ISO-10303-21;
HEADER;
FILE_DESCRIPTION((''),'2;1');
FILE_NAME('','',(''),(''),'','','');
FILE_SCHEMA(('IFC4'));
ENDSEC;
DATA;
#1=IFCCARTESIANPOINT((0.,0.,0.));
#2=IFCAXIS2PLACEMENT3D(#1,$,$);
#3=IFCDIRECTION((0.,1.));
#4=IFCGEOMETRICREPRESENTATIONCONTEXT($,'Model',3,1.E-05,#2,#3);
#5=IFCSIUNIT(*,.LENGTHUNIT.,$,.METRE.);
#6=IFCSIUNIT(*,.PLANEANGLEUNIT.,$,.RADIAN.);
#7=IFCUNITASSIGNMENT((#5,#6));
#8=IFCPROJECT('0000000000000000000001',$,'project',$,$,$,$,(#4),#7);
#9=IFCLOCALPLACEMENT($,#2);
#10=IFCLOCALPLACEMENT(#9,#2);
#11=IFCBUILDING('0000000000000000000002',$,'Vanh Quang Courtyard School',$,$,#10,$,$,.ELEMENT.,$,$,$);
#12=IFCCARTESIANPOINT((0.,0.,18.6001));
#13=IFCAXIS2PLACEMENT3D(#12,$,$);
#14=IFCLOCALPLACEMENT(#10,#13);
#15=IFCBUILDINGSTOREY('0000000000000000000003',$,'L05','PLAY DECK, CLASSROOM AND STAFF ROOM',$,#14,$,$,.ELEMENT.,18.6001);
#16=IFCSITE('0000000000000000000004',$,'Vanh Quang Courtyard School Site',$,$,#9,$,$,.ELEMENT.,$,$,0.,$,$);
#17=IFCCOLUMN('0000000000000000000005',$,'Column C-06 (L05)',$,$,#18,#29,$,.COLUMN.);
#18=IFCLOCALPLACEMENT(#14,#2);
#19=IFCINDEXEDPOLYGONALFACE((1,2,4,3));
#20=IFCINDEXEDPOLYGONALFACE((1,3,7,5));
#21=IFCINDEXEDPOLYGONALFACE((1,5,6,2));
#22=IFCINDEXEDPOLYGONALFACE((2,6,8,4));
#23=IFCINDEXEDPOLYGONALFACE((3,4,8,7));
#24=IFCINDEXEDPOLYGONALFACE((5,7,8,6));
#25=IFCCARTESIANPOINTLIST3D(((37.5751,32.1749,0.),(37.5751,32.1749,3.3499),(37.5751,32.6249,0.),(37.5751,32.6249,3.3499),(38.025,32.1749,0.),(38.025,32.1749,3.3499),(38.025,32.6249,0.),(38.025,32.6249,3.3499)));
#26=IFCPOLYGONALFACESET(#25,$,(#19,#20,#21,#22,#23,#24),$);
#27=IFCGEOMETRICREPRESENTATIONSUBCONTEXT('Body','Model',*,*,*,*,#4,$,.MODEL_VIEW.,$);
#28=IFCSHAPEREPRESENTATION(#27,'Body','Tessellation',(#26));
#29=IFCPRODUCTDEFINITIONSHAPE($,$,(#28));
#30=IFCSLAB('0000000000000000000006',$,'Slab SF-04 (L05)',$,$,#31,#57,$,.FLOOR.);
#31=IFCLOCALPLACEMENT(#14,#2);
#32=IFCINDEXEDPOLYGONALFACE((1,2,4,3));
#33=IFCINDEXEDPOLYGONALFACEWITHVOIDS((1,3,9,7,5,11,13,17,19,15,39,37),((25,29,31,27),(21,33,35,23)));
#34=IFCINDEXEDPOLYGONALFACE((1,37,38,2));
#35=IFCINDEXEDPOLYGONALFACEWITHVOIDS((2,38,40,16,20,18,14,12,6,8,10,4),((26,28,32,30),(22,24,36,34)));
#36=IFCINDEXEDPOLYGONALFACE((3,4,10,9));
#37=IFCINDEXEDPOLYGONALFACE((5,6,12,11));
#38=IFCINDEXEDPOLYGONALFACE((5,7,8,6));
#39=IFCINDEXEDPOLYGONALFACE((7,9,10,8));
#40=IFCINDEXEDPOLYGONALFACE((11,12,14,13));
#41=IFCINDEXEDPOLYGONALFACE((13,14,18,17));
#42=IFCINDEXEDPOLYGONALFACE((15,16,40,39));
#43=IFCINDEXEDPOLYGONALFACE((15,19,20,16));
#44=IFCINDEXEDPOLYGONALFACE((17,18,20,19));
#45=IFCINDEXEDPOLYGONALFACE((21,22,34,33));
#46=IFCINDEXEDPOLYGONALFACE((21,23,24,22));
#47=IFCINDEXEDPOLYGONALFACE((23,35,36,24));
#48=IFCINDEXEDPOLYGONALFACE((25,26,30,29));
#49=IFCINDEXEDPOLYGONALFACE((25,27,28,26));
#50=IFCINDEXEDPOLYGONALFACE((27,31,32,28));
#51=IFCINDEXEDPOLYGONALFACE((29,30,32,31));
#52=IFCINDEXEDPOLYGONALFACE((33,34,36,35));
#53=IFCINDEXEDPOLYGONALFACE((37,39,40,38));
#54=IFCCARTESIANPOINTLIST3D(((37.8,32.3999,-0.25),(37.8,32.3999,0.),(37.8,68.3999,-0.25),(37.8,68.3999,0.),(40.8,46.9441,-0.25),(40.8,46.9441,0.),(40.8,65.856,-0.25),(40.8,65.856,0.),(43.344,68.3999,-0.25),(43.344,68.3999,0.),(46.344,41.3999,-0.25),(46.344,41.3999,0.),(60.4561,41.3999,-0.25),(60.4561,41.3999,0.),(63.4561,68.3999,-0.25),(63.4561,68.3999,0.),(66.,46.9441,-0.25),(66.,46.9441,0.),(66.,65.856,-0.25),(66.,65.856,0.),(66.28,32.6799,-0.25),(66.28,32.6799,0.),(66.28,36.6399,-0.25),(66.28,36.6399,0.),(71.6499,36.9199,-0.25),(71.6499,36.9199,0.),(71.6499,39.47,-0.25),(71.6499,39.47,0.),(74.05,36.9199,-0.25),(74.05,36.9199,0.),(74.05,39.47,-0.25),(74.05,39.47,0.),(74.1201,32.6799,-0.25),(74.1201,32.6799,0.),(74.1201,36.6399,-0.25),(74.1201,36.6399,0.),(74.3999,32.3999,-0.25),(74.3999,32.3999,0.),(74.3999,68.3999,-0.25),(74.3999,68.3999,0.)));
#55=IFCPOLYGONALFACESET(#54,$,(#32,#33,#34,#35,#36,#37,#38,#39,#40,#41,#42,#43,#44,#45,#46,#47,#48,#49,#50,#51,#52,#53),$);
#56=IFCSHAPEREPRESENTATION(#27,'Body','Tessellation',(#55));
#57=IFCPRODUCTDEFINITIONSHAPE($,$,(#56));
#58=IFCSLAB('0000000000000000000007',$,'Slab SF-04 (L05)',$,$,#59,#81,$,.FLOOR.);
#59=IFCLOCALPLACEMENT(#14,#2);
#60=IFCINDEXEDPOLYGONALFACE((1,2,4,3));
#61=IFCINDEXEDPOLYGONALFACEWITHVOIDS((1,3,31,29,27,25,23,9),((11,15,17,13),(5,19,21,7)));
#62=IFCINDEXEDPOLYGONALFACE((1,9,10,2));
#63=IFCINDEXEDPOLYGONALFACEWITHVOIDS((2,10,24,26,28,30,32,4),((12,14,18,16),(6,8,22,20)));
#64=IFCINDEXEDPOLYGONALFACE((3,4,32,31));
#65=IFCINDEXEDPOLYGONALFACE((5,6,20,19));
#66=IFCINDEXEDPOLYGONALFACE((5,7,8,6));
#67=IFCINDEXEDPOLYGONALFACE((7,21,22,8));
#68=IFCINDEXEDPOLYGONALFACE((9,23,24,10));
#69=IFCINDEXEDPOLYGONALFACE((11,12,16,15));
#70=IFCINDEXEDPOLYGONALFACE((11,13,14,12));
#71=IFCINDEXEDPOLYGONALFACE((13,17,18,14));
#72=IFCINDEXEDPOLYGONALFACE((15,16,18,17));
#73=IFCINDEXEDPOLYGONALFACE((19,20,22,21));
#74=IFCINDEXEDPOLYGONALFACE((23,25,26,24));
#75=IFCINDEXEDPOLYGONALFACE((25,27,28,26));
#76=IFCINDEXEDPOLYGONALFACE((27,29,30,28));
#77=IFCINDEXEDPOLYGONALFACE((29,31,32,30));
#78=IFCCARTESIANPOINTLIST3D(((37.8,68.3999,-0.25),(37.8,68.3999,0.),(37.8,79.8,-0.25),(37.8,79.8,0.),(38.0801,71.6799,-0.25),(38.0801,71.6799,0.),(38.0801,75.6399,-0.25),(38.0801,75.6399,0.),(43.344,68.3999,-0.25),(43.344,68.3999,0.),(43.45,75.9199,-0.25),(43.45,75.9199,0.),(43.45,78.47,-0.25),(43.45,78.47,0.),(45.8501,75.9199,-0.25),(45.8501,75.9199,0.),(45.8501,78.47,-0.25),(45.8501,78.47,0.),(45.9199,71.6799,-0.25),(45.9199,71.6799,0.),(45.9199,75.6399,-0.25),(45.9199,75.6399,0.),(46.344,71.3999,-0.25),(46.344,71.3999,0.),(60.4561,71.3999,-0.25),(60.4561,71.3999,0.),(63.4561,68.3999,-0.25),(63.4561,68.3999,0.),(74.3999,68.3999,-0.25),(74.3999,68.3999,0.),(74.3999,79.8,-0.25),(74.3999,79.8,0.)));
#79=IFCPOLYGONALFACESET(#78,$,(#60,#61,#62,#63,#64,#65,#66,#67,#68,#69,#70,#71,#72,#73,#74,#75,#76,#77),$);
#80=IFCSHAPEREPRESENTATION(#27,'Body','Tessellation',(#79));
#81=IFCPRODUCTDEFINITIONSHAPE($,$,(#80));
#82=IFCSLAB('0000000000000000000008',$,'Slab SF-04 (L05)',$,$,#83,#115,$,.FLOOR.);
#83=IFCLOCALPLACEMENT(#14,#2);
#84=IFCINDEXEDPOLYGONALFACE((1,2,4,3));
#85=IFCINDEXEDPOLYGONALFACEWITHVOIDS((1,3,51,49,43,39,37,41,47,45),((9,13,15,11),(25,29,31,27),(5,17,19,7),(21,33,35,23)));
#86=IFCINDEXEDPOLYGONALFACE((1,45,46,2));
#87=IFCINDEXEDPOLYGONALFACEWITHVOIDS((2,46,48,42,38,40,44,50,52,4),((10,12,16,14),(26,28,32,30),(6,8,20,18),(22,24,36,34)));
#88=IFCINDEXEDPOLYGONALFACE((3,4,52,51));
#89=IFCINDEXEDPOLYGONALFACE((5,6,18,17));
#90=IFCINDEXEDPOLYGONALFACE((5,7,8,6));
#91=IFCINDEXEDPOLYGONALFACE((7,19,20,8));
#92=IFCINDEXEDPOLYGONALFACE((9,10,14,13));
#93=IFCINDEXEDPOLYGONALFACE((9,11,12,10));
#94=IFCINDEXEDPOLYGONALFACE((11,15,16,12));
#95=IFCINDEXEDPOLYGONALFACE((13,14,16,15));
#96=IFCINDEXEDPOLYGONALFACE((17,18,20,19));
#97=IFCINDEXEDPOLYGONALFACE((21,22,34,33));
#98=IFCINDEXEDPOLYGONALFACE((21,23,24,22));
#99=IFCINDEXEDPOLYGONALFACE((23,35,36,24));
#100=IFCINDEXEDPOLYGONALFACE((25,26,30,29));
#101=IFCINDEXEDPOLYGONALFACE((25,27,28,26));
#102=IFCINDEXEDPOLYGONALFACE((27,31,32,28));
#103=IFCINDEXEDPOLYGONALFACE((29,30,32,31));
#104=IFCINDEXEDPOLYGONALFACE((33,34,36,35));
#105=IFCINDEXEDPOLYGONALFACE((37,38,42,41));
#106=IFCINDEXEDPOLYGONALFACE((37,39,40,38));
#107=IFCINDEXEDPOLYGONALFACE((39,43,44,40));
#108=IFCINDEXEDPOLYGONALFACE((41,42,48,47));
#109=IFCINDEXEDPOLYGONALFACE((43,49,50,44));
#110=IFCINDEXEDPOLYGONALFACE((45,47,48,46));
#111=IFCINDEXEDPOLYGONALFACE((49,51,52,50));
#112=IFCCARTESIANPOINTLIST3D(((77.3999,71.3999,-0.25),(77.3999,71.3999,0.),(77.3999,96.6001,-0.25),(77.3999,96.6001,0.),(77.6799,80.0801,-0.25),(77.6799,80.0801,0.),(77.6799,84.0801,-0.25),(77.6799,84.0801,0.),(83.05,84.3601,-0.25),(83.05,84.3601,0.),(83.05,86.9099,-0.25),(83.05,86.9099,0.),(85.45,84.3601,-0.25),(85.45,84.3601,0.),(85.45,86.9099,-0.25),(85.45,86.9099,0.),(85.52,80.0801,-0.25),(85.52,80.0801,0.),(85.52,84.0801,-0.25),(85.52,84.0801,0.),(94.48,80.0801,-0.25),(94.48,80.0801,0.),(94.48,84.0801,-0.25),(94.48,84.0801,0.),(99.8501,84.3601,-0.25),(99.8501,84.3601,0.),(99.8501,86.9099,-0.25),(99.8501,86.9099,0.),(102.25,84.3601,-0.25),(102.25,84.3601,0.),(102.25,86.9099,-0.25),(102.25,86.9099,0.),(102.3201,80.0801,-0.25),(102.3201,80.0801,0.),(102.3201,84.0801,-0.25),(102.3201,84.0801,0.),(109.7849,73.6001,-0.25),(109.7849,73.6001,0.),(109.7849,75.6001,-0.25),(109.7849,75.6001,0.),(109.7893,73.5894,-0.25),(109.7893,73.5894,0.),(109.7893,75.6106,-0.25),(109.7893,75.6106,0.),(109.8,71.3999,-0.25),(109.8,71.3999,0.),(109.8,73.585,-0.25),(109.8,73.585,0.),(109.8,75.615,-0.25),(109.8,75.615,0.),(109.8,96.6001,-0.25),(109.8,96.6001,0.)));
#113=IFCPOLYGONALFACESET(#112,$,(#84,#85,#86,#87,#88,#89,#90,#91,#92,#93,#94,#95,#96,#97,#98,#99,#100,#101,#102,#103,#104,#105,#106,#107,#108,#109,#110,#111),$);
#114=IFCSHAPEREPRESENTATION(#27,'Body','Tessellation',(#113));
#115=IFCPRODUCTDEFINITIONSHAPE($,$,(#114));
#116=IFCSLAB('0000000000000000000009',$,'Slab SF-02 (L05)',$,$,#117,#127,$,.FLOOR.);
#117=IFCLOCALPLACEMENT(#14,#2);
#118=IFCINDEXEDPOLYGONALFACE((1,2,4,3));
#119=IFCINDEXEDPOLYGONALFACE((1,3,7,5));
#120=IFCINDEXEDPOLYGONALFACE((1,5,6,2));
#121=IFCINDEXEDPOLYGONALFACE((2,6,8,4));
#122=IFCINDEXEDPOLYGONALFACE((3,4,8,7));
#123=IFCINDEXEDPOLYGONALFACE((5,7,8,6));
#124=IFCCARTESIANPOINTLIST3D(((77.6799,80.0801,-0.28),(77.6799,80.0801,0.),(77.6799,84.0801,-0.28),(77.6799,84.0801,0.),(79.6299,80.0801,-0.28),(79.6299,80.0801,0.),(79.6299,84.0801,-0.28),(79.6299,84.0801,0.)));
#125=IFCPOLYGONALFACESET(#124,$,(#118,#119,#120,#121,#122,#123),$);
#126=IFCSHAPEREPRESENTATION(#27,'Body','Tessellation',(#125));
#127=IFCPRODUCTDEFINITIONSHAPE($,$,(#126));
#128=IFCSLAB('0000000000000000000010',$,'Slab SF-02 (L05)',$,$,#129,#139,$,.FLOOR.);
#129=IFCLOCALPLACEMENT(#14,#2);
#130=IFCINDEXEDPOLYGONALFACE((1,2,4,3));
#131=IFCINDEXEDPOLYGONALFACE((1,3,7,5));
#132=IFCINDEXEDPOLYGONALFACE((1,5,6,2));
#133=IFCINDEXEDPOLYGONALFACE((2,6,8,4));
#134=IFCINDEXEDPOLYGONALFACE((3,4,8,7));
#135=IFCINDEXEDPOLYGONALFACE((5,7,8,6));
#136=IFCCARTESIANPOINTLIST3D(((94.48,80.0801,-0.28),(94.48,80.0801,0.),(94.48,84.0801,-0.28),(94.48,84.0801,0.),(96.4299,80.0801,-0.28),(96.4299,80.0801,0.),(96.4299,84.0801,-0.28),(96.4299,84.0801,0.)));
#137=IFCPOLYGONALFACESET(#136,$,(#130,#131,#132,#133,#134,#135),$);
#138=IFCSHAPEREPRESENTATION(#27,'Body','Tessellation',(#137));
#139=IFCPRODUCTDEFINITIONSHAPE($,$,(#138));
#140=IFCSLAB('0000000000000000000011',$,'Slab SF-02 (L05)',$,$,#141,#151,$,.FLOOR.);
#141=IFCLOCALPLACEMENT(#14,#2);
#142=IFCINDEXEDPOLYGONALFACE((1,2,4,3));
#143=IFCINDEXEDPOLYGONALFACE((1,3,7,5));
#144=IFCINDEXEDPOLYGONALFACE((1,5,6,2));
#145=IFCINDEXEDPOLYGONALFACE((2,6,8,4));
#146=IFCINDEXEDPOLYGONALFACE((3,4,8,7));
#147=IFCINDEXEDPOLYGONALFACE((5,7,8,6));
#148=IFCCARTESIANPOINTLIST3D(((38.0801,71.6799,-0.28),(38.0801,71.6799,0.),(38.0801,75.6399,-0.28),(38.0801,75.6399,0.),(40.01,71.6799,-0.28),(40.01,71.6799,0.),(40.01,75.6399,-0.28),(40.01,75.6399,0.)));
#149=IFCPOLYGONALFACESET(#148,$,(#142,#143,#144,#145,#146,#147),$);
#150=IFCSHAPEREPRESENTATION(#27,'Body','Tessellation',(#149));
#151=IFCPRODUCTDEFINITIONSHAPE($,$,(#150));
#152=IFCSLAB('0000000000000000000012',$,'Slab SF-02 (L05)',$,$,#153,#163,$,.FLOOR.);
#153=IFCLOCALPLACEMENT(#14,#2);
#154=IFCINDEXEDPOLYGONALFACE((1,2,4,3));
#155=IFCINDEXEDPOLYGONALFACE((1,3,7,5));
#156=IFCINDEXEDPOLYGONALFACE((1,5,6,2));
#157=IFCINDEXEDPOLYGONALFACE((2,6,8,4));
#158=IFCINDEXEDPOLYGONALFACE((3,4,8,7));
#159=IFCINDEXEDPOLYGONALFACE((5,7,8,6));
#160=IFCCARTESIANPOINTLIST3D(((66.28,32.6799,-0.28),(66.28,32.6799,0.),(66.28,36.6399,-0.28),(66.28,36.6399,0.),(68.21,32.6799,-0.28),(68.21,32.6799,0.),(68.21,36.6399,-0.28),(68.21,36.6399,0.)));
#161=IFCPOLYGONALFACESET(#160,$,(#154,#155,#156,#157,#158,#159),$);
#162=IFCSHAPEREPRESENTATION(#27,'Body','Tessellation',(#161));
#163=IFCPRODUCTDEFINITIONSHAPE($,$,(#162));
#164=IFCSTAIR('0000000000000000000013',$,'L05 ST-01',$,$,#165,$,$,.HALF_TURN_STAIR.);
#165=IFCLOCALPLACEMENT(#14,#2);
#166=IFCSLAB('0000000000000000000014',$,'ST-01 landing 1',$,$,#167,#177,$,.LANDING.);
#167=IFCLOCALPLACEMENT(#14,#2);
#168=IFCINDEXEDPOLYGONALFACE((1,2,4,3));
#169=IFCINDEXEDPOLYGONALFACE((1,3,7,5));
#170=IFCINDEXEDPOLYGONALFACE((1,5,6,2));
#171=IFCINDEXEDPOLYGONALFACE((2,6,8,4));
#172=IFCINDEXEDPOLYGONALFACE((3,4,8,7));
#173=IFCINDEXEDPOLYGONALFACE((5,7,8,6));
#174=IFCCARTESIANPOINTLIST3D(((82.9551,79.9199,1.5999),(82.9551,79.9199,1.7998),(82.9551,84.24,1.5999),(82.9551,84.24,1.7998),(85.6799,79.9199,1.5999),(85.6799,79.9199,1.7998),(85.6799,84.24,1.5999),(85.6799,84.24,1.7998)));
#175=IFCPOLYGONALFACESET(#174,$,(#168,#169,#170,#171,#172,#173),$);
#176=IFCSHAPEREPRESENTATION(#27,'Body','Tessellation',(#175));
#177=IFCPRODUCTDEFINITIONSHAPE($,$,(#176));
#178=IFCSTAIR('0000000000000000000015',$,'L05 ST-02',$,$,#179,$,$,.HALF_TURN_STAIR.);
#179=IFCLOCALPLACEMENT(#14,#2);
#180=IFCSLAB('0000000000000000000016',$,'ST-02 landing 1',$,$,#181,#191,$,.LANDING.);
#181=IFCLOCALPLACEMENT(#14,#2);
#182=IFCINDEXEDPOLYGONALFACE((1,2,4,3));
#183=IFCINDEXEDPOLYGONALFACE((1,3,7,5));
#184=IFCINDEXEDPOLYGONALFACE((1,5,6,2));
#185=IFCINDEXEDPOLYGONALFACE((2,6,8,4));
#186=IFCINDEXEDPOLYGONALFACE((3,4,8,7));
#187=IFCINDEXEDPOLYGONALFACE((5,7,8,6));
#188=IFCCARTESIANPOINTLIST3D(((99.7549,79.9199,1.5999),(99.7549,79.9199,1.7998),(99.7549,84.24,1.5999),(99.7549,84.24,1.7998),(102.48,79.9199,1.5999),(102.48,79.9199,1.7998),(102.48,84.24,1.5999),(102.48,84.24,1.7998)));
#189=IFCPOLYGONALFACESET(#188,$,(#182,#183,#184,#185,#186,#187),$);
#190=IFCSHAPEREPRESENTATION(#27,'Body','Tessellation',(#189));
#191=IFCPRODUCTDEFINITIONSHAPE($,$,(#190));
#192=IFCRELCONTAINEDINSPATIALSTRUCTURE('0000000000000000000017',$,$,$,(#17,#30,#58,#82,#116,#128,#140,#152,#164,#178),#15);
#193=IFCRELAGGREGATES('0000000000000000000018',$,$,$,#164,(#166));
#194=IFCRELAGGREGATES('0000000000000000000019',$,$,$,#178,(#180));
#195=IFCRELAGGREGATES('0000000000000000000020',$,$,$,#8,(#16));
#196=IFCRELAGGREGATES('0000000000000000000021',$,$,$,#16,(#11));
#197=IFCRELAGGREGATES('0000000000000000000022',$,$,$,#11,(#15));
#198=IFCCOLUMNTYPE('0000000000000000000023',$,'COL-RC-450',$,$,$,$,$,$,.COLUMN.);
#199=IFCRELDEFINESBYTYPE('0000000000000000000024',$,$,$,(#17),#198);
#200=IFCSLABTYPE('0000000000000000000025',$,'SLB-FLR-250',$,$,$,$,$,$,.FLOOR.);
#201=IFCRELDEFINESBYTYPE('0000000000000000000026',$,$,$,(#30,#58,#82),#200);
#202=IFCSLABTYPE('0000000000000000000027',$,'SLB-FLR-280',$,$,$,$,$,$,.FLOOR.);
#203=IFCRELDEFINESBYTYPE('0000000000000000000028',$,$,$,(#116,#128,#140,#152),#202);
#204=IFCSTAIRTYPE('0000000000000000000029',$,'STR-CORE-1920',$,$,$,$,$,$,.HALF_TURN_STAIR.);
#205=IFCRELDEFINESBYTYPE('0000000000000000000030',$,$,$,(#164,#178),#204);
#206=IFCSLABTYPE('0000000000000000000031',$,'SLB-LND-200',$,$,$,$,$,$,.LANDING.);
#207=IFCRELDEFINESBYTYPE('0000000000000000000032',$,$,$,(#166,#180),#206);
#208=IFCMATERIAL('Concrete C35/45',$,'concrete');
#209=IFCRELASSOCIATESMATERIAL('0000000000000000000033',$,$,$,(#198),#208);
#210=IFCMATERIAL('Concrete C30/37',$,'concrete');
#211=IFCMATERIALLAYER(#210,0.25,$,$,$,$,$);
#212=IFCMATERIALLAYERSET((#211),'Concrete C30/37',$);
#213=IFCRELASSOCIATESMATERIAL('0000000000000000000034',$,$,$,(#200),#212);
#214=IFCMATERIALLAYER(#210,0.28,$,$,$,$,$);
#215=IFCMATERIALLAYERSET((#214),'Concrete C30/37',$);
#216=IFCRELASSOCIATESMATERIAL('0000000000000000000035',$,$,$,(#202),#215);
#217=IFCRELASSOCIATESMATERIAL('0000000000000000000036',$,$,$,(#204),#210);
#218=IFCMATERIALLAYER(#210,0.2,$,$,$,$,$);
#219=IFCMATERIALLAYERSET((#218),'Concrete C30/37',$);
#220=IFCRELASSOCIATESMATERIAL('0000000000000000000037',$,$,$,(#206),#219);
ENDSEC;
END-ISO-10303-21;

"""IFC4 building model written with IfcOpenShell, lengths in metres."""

from ifc_helpers import new_model, si_unit, direction, frame, origin, origin_2d, place, context, subcontext, project, spatial, polyline, rectangle, outline, extrude, material, layer, layer_set, material_profile, profile_set, type_object, element, aggregate, save


model = new_model("IFC4")

# Units and contexts
model_context = context("Model", 3, precision=1e-05, world=origin(), true_north=direction((0.0, 1.0)))
body_context = subcontext(model_context, "Body", "Model", "MODEL_VIEW")
ifc_project = project(units=[si_unit("LENGTHUNIT", "METRE"), si_unit("PLANEANGLEUNIT", "RADIAN")], contexts=[model_context])

# Site, building, storey
site_placement = place(None, origin())
site = spatial("IfcSite", under=ifc_project, at=site_placement, Name="Vanh Quang Courtyard School Site", CompositionType="ELEMENT", RefElevation=0.0)
building_placement = place(site_placement, origin())
building = spatial("IfcBuilding", under=site, at=building_placement, Name="Vanh Quang Courtyard School", CompositionType="ELEMENT")
storey_placement = place(building_placement, frame((0.0, 0.0, 18.6001)))
storey = spatial("IfcBuildingStorey", under=building, at=storey_placement, Name="L05", Description="PLAY DECK, CLASSROOM AND STAFF ROOM", CompositionType="ELEMENT", Elevation=18.6001)

# Column
ifc_material_1 = material(Name="Concrete C35/45", Category="concrete")
ifc_material_profile = material_profile(ifc_material_1, rectangle(XDim=0.45, YDim=0.45, at=origin_2d()), Name="RC-COL 450x450")
ifc_profile_set = profile_set([ifc_material_profile], Name="Concrete C35/45")
column_type = type_object("IfcColumnType", Name="COL-RC-450", PredefinedType="COLUMN", material=ifc_profile_set)
column_placement = place(storey_placement, frame((37.8, 32.3999, 0.0), z_axis=(0.0, 0.0, 1.0), x_axis=(1.0, 0.0, 0.0)))
element("IfcColumn", 1, at=column_placement, inside=storey, type_object=column_type, Name="Column C-06 (L05)", PredefinedType="COLUMN", context=body_context, shape_type="SweptSolid", body=[
    extrude(rectangle(XDim=0.45, YDim=0.45, at=origin_2d()), origin(), (0.0, 0.0, 1.0), 3.3499),
])

# Slabs
ifc_material_2 = material(Name="Concrete C30/37", Category="concrete")
ifc_layer_1 = layer(ifc_material_2, 0.25)
ifc_layer_set_1 = layer_set([ifc_layer_1], Name="Concrete C30/37")
slab_type_1 = type_object("IfcSlabType", Name="SLB-FLR-250", PredefinedType="FLOOR", material=ifc_layer_set_1)
slab_1_placement = place(storey_placement, frame((0.0, 0.0, -0.25)))
element("IfcSlab", 2, at=slab_1_placement, inside=storey, type_object=slab_type_1, Name="Slab SF-04 (L05)", PredefinedType="FLOOR", context=body_context, shape_type="SweptSolid", body=[
    extrude(outline(polyline([(63.4561, 68.3999), (66.0, 65.856), (66.0, 46.9441), (60.4561, 41.3999), (46.344, 41.3999), (40.8, 46.9441), (40.8, 65.856), (43.344, 68.3999), (37.8, 68.3999), (37.8, 32.3999), (74.3999, 32.3999), (74.3999, 68.3999), (63.4561, 68.3999)]), holes=[polyline([(74.1201, 36.6399), (74.1201, 32.6799), (66.28, 32.6799), (66.28, 36.6399), (74.1201, 36.6399)]), polyline([(74.05, 36.9199), (71.6499, 36.9199), (71.6499, 39.47), (74.05, 39.47), (74.05, 36.9199)])]), origin(), (0.0, 0.0, 1.0), 0.25),
])
slab_2_placement = place(storey_placement, frame((0.0, 0.0, -0.25)))
element("IfcSlab", 3, at=slab_2_placement, inside=storey, type_object=slab_type_1, Name="Slab SF-04 (L05)", PredefinedType="FLOOR", context=body_context, shape_type="SweptSolid", body=[
    extrude(outline(polyline([(43.344, 68.3999), (46.344, 71.3999), (60.4561, 71.3999), (63.4561, 68.3999), (74.3999, 68.3999), (74.3999, 79.8), (37.8, 79.8), (37.8, 68.3999), (43.344, 68.3999)]), holes=[polyline([(45.9199, 71.6799), (38.0801, 71.6799), (38.0801, 75.6399), (45.9199, 75.6399), (45.9199, 71.6799)]), polyline([(45.8501, 75.9199), (43.45, 75.9199), (43.45, 78.47), (45.8501, 78.47), (45.8501, 75.9199)])]), origin(), (0.0, 0.0, 1.0), 0.25),
])
slab_3_placement = place(storey_placement, frame((0.0, 0.0, -0.25)))
element("IfcSlab", 4, at=slab_3_placement, inside=storey, type_object=slab_type_1, Name="Slab SF-04 (L05)", PredefinedType="FLOOR", context=body_context, shape_type="SweptSolid", body=[
    extrude(outline(polyline([(77.3999, 96.6001), (77.3999, 71.3999), (109.8, 71.3999), (109.8, 73.585), (109.7893, 73.5894), (109.7849, 73.6001), (109.7849, 75.6001), (109.7893, 75.6106), (109.8, 75.615), (109.8, 96.6001), (77.3999, 96.6001)]), holes=[polyline([(85.52, 84.0801), (85.52, 80.0801), (77.6799, 80.0801), (77.6799, 84.0801), (85.52, 84.0801)]), polyline([(85.45, 86.9099), (85.45, 84.3601), (83.05, 84.3601), (83.05, 86.9099), (85.45, 86.9099)]), polyline([(102.3201, 84.0801), (102.3201, 80.0801), (94.48, 80.0801), (94.48, 84.0801), (102.3201, 84.0801)]), polyline([(102.25, 86.9099), (102.25, 84.3601), (99.8501, 84.3601), (99.8501, 86.9099), (102.25, 86.9099)])]), origin(), (0.0, 0.0, 1.0), 0.25),
])
ifc_layer_2 = layer(ifc_material_2, 0.28)
ifc_layer_set_2 = layer_set([ifc_layer_2], Name="Concrete C30/37")
slab_type_2 = type_object("IfcSlabType", Name="SLB-FLR-280", PredefinedType="FLOOR", material=ifc_layer_set_2)
slab_4_placement = place(storey_placement, frame((0.0, 0.0, -0.28)))
element("IfcSlab", 5, at=slab_4_placement, inside=storey, type_object=slab_type_2, Name="Slab SF-02 (L05)", PredefinedType="FLOOR", context=body_context, shape_type="SweptSolid", body=[
    extrude(outline(polyline([(79.6299, 80.0801), (77.6799, 80.0801), (77.6799, 84.0801), (79.6299, 84.0801), (79.6299, 80.0801)])), origin(), (0.0, 0.0, 1.0), 0.28),
])
slab_5_placement = place(storey_placement, frame((0.0, 0.0, -0.28)))
element("IfcSlab", 6, at=slab_5_placement, inside=storey, type_object=slab_type_2, Name="Slab SF-02 (L05)", PredefinedType="FLOOR", context=body_context, shape_type="SweptSolid", body=[
    extrude(outline(polyline([(96.4299, 80.0801), (94.48, 80.0801), (94.48, 84.0801), (96.4299, 84.0801), (96.4299, 80.0801)])), origin(), (0.0, 0.0, 1.0), 0.28),
])
slab_6_placement = place(storey_placement, frame((0.0, 0.0, -0.28)))
element("IfcSlab", 7, at=slab_6_placement, inside=storey, type_object=slab_type_2, Name="Slab SF-02 (L05)", PredefinedType="FLOOR", context=body_context, shape_type="SweptSolid", body=[
    extrude(outline(polyline([(40.01, 71.6799), (38.0801, 71.6799), (38.0801, 75.6399), (40.01, 75.6399), (40.01, 71.6799)])), origin(), (0.0, 0.0, 1.0), 0.28),
])
slab_7_placement = place(storey_placement, frame((0.0, 0.0, -0.28)))
element("IfcSlab", 8, at=slab_7_placement, inside=storey, type_object=slab_type_2, Name="Slab SF-02 (L05)", PredefinedType="FLOOR", context=body_context, shape_type="SweptSolid", body=[
    extrude(outline(polyline([(68.21, 32.6799), (66.28, 32.6799), (66.28, 36.6399), (68.21, 36.6399), (68.21, 32.6799)])), origin(), (0.0, 0.0, 1.0), 0.28),
])

# Stairs, slabs
stair_type = type_object("IfcStairType", Name="STR-CORE-1920", PredefinedType="HALF_TURN_STAIR", material=ifc_material_2)
stair_1_placement = place(storey_placement, origin())
stair_1 = element("IfcStair", 9, at=stair_1_placement, inside=storey, type_object=stair_type, Name="L05 ST-01", PredefinedType="HALF_TURN_STAIR")
ifc_layer_3 = layer(ifc_material_2, 0.2)
ifc_layer_set_3 = layer_set([ifc_layer_3], Name="Concrete C30/37")
slab_type_3 = type_object("IfcSlabType", Name="SLB-LND-200", PredefinedType="LANDING", material=ifc_layer_set_3)
slab_8_placement = place(storey_placement, frame((0.0, 0.0, 1.5999)))
slab_8 = element("IfcSlab", 10, at=slab_8_placement, type_object=slab_type_3, Name="ST-01 landing 1", PredefinedType="LANDING", context=body_context, shape_type="SweptSolid", body=[
    extrude(outline(polyline([(82.9551, 79.9199), (85.6799, 79.9199), (85.6799, 84.24), (82.9551, 84.24), (82.9551, 79.9199)])), origin(), (0.0, 0.0, 1.0), 0.2),
])
aggregate(stair_1, [slab_8])
stair_2_placement = place(storey_placement, origin())
stair_2 = element("IfcStair", 11, at=stair_2_placement, inside=storey, type_object=stair_type, Name="L05 ST-02", PredefinedType="HALF_TURN_STAIR")
slab_9_placement = place(storey_placement, frame((0.0, 0.0, 1.5999)))
slab_9 = element("IfcSlab", 12, at=slab_9_placement, type_object=slab_type_3, Name="ST-02 landing 1", PredefinedType="LANDING", context=body_context, shape_type="SweptSolid", body=[
    extrude(outline(polyline([(99.7549, 79.9199), (102.48, 79.9199), (102.48, 84.24), (99.7549, 84.24), (99.7549, 79.9199)])), origin(), (0.0, 0.0, 1.0), 0.2),
])
aggregate(stair_2, [slab_9])

save(model, "model.ifc")
